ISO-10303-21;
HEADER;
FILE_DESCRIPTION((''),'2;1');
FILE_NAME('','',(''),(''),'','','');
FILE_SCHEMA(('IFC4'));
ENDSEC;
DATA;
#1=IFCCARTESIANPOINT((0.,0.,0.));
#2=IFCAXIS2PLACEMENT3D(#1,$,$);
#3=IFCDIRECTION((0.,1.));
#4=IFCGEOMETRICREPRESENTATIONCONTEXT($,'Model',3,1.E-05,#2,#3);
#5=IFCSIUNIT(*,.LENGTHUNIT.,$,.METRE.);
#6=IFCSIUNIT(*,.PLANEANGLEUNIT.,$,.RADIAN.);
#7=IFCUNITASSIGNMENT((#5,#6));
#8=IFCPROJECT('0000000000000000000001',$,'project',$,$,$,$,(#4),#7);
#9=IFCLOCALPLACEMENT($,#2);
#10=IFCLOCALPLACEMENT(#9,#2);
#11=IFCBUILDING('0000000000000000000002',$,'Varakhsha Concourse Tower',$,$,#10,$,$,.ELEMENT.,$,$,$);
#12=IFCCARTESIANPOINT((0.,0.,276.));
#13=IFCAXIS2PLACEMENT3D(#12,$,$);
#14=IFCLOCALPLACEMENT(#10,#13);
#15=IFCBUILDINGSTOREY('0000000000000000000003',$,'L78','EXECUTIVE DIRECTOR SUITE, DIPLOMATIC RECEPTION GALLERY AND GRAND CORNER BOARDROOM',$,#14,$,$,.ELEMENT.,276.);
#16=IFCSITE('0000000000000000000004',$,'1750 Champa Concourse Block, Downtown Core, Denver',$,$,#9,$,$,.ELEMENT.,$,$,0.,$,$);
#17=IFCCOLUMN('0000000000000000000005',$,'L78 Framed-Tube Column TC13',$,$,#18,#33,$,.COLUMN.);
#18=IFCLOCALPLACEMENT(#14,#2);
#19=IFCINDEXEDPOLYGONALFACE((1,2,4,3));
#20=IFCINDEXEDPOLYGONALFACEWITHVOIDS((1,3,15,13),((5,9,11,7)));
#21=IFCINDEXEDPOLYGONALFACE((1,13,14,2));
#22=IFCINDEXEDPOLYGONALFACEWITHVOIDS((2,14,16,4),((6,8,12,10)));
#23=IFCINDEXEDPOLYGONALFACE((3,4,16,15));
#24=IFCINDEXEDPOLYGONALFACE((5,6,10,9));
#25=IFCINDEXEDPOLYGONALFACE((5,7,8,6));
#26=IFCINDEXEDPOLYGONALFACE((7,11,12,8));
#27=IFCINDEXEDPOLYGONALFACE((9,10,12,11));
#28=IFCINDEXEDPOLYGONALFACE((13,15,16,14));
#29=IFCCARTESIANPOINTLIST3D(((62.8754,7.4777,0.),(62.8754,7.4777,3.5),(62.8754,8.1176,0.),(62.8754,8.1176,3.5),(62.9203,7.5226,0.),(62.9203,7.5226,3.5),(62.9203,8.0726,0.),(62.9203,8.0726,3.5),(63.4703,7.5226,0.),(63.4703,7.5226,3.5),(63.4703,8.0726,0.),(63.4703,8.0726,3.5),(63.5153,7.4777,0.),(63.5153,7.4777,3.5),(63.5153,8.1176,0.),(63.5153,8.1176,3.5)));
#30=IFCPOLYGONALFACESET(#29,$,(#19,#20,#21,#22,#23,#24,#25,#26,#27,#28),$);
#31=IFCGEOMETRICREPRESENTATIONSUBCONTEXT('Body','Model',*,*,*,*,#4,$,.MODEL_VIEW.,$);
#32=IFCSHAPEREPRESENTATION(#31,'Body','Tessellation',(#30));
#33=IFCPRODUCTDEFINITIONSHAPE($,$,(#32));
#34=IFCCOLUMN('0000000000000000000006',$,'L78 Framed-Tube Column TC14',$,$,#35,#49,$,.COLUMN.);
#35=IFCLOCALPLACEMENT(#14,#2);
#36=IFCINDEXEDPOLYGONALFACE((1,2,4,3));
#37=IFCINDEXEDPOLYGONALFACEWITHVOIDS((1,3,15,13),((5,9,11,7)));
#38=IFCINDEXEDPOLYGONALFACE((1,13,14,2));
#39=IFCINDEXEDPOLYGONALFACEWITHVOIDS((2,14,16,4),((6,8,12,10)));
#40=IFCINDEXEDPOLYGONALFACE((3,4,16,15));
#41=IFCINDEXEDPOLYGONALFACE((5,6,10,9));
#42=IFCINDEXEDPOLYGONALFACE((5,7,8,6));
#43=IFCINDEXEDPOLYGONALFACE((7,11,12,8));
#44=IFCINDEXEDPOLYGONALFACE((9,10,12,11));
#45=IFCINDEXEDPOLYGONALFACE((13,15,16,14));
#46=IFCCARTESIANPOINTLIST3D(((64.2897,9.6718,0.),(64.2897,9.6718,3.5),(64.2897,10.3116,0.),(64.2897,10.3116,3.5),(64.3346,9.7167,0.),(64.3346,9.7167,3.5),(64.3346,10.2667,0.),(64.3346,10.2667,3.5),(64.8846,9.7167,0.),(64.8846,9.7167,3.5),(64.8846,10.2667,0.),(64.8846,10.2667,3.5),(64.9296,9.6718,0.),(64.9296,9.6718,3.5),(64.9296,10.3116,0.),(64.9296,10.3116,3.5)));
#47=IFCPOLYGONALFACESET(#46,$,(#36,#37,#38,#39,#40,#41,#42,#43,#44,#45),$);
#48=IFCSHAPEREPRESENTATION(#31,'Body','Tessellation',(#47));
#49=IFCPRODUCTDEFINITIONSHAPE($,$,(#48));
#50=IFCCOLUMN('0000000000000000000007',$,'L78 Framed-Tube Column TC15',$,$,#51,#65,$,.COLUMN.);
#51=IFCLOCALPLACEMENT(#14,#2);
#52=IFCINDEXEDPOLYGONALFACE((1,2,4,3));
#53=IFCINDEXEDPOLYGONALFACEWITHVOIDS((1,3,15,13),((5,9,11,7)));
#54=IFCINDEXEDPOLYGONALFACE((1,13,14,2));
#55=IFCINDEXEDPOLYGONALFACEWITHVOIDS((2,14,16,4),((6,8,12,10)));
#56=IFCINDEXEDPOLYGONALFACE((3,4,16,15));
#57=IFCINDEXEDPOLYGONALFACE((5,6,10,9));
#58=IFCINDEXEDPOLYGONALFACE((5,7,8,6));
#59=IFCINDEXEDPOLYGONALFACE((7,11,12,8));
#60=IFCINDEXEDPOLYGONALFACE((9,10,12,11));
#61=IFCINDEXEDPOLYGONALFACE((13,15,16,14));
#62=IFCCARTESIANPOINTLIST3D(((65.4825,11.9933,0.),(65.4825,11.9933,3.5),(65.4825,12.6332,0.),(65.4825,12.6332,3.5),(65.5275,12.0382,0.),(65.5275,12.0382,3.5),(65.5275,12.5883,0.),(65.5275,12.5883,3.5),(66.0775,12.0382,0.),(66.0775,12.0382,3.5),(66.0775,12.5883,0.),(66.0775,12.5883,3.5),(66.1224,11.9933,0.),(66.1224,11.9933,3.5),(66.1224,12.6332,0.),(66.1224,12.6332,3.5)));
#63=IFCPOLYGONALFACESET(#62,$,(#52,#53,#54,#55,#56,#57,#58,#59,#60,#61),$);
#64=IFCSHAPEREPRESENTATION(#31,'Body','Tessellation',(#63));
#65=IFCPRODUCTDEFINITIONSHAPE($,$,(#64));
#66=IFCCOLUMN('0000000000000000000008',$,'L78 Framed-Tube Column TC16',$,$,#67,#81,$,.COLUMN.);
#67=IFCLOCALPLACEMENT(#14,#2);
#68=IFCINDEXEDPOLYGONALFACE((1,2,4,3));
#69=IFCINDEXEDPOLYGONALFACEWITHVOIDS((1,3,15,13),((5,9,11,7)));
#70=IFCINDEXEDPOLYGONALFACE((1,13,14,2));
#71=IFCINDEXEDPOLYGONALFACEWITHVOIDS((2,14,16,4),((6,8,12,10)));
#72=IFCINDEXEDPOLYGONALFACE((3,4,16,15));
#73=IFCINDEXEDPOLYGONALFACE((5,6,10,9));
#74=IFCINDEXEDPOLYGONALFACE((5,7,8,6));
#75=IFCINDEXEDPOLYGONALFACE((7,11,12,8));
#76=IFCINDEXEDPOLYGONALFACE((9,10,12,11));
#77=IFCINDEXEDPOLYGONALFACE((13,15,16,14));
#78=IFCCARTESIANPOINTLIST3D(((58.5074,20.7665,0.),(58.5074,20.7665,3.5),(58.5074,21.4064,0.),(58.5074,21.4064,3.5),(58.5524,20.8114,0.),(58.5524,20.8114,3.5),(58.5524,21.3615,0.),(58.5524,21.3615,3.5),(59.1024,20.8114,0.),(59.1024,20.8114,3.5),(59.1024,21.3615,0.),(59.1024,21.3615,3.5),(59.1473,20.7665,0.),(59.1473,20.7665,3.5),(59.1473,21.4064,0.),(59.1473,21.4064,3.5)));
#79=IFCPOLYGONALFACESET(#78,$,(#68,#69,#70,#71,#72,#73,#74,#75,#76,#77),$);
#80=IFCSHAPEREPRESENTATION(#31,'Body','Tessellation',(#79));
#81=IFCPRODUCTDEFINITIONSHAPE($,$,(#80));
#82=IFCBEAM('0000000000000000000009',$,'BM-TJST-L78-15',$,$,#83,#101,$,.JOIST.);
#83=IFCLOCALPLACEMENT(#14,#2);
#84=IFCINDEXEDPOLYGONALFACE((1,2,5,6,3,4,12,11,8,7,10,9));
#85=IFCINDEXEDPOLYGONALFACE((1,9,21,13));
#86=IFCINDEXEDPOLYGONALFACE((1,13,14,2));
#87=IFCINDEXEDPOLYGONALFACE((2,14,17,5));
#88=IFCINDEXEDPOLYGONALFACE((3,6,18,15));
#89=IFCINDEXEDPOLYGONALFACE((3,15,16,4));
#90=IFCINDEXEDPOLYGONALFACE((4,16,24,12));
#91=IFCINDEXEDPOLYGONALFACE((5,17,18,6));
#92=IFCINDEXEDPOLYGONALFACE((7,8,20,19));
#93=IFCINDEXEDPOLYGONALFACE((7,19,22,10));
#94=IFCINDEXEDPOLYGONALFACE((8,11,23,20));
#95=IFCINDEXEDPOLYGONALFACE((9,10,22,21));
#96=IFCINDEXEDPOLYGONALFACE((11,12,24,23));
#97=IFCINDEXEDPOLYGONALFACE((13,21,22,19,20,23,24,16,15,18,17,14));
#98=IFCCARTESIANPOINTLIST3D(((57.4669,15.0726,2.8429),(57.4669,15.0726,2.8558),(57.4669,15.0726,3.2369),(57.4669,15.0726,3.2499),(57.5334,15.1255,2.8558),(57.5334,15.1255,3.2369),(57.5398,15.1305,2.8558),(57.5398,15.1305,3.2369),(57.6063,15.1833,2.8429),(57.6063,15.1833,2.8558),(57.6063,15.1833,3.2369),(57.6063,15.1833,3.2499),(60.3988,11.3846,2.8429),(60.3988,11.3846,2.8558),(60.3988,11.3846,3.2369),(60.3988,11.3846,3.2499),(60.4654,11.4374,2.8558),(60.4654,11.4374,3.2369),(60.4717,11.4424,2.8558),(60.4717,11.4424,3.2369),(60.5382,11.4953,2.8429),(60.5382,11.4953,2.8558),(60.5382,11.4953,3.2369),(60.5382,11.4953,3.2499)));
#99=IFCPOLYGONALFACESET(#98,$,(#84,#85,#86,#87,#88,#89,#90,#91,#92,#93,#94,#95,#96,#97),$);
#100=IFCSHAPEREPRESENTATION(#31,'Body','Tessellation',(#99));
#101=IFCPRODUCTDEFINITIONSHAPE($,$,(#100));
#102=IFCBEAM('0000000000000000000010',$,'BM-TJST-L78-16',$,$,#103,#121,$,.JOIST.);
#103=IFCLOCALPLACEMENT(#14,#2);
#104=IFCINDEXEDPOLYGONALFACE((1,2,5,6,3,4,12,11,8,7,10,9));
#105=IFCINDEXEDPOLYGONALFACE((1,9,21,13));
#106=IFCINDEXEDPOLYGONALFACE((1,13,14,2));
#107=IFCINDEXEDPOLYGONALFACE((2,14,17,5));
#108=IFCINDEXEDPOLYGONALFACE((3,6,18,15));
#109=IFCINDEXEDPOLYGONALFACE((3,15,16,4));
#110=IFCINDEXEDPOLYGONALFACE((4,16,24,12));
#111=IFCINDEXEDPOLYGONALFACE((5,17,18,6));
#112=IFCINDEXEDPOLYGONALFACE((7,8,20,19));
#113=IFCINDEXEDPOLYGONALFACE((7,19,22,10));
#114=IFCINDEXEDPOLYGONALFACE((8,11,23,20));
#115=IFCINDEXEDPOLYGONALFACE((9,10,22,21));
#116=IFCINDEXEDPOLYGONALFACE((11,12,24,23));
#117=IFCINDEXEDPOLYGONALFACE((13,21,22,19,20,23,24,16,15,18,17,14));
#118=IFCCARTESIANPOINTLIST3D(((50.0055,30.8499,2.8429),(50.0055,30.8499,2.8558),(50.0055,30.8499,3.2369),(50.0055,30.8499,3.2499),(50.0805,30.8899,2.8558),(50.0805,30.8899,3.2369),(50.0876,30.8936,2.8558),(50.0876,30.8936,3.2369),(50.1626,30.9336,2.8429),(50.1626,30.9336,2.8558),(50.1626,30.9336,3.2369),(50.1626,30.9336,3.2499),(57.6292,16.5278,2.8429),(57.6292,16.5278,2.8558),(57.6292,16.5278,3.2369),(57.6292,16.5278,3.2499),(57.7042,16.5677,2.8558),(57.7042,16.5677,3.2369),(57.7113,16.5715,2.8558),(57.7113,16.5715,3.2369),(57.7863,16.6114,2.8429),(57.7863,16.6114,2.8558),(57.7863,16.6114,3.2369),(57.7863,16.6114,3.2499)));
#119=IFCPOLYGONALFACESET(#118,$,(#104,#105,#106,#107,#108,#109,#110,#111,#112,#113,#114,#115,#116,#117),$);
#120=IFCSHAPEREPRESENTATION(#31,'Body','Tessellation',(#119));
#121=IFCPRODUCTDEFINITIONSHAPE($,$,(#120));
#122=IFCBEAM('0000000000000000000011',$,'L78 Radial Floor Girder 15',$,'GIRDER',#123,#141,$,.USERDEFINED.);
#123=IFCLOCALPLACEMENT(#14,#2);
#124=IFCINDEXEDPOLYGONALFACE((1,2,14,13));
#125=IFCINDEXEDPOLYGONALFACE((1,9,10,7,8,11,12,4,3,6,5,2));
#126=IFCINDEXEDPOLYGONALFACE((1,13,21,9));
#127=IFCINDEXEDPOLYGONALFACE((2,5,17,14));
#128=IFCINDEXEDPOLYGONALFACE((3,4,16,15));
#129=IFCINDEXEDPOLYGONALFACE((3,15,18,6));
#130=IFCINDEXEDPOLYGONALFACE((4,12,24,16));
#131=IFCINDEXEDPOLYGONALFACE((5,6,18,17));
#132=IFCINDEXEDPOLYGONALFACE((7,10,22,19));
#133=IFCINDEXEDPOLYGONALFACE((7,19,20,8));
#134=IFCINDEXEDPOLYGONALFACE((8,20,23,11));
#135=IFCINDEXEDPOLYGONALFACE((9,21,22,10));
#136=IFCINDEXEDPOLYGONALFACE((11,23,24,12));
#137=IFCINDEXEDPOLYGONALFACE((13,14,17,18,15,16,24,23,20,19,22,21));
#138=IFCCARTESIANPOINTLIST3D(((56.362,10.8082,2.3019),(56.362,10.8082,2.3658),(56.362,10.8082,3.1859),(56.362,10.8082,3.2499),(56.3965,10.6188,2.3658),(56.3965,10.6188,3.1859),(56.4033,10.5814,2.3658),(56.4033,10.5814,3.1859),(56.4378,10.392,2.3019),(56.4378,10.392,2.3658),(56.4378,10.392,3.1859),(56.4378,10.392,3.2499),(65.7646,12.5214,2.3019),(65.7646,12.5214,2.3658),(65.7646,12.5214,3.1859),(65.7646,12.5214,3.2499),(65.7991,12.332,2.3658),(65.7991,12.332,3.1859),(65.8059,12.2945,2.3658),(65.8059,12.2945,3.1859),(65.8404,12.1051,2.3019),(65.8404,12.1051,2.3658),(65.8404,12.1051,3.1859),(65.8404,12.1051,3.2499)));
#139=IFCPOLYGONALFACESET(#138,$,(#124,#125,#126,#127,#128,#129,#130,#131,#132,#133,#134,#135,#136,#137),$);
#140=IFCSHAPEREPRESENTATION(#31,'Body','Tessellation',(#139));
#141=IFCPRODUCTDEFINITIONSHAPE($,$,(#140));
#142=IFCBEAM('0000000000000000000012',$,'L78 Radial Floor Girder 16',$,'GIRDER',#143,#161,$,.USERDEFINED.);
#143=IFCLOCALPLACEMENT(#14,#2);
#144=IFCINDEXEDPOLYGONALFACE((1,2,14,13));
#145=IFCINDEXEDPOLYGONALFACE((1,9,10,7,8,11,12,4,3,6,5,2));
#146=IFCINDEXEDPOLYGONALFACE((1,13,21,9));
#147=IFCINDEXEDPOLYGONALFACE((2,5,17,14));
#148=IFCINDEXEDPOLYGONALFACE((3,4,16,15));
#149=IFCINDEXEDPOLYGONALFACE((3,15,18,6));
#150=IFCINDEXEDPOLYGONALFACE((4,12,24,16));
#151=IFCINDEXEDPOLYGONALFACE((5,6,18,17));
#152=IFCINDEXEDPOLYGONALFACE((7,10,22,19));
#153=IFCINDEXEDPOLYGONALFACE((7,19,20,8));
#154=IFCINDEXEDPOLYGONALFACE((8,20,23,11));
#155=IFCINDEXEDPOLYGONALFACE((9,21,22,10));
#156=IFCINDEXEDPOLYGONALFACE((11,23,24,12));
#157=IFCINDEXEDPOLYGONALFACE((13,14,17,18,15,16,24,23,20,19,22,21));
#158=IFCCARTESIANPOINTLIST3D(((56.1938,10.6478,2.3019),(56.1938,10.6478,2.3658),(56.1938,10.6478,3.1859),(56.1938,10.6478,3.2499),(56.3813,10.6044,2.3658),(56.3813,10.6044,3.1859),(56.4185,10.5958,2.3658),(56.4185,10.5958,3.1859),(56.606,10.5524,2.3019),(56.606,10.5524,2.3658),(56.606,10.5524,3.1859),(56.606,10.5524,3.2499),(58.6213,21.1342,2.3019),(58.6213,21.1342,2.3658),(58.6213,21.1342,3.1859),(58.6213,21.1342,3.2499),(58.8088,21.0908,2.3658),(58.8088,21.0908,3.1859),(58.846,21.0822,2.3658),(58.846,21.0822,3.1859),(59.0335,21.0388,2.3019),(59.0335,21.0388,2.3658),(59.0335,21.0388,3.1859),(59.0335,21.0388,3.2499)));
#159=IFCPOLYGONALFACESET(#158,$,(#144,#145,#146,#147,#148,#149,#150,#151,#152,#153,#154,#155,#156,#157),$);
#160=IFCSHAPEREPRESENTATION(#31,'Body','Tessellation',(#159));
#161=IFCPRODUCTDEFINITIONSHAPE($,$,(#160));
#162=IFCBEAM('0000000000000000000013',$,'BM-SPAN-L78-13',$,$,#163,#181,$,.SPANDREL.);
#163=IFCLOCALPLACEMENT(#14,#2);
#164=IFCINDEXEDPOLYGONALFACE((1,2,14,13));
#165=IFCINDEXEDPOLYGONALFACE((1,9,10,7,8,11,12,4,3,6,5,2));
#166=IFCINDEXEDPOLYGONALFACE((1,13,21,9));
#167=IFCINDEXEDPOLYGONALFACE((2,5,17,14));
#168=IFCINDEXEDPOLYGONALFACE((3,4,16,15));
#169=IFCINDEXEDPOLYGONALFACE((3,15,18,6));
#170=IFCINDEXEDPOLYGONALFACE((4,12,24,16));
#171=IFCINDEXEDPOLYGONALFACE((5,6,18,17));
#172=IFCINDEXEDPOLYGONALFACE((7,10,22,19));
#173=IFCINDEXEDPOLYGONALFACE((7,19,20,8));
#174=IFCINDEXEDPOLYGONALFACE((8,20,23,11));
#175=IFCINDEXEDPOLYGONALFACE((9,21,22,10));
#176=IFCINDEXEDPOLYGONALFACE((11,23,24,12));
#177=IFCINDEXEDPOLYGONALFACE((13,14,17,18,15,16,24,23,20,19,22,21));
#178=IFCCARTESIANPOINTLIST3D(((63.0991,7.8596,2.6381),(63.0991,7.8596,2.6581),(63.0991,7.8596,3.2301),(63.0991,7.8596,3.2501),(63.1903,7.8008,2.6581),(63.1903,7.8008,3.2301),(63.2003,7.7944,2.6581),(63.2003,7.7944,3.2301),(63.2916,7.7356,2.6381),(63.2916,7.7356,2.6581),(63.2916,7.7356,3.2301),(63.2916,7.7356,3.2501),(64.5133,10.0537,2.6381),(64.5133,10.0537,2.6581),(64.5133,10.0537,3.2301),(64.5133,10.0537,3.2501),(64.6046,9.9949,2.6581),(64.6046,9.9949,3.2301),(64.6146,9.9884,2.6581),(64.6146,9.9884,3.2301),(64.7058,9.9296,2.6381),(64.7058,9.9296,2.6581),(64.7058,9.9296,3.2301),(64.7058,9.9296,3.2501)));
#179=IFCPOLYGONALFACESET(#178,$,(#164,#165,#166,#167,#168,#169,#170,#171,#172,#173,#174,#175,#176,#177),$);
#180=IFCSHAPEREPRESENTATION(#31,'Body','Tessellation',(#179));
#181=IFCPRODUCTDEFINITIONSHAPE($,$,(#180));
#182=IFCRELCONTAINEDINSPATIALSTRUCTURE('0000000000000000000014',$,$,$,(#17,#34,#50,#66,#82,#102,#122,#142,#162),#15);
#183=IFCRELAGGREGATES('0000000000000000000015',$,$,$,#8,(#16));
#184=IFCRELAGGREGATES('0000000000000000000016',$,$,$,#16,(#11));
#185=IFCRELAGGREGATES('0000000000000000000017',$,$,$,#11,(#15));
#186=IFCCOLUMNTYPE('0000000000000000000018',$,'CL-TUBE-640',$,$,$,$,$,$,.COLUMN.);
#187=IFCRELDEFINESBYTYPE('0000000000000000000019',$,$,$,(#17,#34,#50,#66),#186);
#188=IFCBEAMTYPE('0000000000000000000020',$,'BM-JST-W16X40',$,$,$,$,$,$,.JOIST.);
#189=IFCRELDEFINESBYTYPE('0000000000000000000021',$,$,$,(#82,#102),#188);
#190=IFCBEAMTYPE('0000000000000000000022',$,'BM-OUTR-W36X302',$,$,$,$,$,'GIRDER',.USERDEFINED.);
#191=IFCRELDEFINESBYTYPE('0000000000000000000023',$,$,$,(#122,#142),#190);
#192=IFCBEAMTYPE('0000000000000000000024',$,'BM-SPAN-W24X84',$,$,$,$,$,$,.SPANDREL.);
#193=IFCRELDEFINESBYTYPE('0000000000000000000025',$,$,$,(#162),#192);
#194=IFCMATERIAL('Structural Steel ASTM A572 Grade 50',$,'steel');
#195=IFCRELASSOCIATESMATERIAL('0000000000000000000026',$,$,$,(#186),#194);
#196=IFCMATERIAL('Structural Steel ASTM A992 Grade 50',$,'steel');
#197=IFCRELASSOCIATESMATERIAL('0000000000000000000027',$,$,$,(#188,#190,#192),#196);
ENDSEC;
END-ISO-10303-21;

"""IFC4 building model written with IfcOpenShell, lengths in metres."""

from ifc_helpers import new_model, si_unit, direction, frame, origin, origin_2d, place, context, subcontext, project, spatial, hollow_rectangle, i_section, extrude, material, material_profile, profile_set, type_object, element, save


model = new_model("IFC4")

# Units and contexts
model_context = context("Model", 3, precision=1e-05, world=origin(), true_north=direction((0.0, 1.0)))
body_context = subcontext(model_context, "Body", "Model", "MODEL_VIEW")
ifc_project = project(units=[si_unit("LENGTHUNIT", "METRE"), si_unit("PLANEANGLEUNIT", "RADIAN")], contexts=[model_context])

# Site, building, storey
site_placement = place(None, origin())
site = spatial("IfcSite", under=ifc_project, at=site_placement, Name="1750 Champa Concourse Block, Downtown Core, Denver", CompositionType="ELEMENT", RefElevation=0.0)
building_placement = place(site_placement, origin())
building = spatial("IfcBuilding", under=site, at=building_placement, Name="Varakhsha Concourse Tower", CompositionType="ELEMENT")
storey_placement = place(building_placement, frame((0.0, 0.0, 276.0)))
storey = spatial("IfcBuildingStorey", under=building, at=storey_placement, Name="L78", Description="EXECUTIVE DIRECTOR SUITE, DIPLOMATIC RECEPTION GALLERY AND GRAND CORNER BOARDROOM", CompositionType="ELEMENT", Elevation=276.0)

# Columns
ifc_material_1 = material(Name="Structural Steel ASTM A572 Grade 50", Category="steel")
ifc_material_profile_1 = material_profile(ifc_material_1, hollow_rectangle(XDim=0.6399, YDim=0.6399, WallThickness=0.0449, at=origin_2d()), Name="BOX 640x640x45")
ifc_profile_set_1 = profile_set([ifc_material_profile_1], Name="Structural Steel ASTM A572 Grade 50")
column_type = type_object("IfcColumnType", Name="CL-TUBE-640", PredefinedType="COLUMN", material=ifc_profile_set_1)
for number, where, z_axis, x_axis, name in (
    (1, (63.1953, 7.7976, 0.0), (0.0, 0.0, 1.0), (1.0, 0.0, 0.0), "L78 Framed-Tube Column TC13"),
    (2, (64.6096, 9.9917, 0.0), (0.0, 0.0, 1.0), (1.0, 0.0, 0.0), "L78 Framed-Tube Column TC14"),
    (3, (65.8025, 12.3132, 0.0), (0.0, 0.0, 1.0), (1.0, 0.0, 0.0), "L78 Framed-Tube Column TC15"),
    (4, (58.8274, 21.0864, 0.0), (0.0, 0.0, 1.0), (1.0, 0.0, 0.0), "L78 Framed-Tube Column TC16"),
):
    element("IfcColumn", number, at=place(storey_placement, frame(where, z_axis=z_axis, x_axis=x_axis)), inside=storey, type_object=column_type, Name=name, PredefinedType="COLUMN", context=body_context, shape_type="SweptSolid", body=[
        extrude(hollow_rectangle(XDim=0.6399, YDim=0.6399, WallThickness=0.0449, at=origin_2d()), origin(), (0.0, 0.0, 1.0), 3.5),
    ])

# Beams
ifc_material_2 = material(Name="Structural Steel ASTM A992 Grade 50", Category="steel")
ifc_material_profile_2 = material_profile(ifc_material_2, i_section(OverallWidth=0.178, OverallDepth=0.407, WebThickness=0.0081, FlangeThickness=0.0129, at=origin_2d()), Name="W16X40")
ifc_profile_set_2 = profile_set([ifc_material_profile_2], Name="Structural Steel ASTM A992 Grade 50")
beam_type_1 = type_object("IfcBeamType", Name="BM-JST-W16X40", PredefinedType="JOIST", material=ifc_profile_set_2)
beam_1_placement = place(storey_placement, frame((60.4685, 11.4399, 3.0464), z_axis=(-0.622297, 0.782781, 0.0), x_axis=(-0.782781, -0.622297, 0.0)))
element("IfcBeam", 5, at=beam_1_placement, inside=storey, type_object=beam_type_1, Name="BM-TJST-L78-15", PredefinedType="JOIST", context=body_context, shape_type="SweptSolid", body=[
    extrude(i_section(OverallWidth=0.178, OverallDepth=0.407, WebThickness=0.0081, FlangeThickness=0.0129, at=origin_2d()), origin(), (0.0, 0.0, 1.0), 4.7114),
])
beam_2_placement = place(storey_placement, frame((57.7078, 16.5696, 3.0464), z_axis=(-0.46988, 0.88273, 0.0), x_axis=(-0.88273, -0.46988, 0.0)))
element("IfcBeam", 6, at=beam_2_placement, inside=storey, type_object=beam_type_1, Name="BM-TJST-L78-16", PredefinedType="JOIST", context=body_context, shape_type="SweptSolid", body=[
    extrude(i_section(OverallWidth=0.178, OverallDepth=0.407, WebThickness=0.0081, FlangeThickness=0.0129, at=origin_2d()), origin(), (0.0, 0.0, 1.0), 16.2249),
])
ifc_material_profile_3 = material_profile(ifc_material_2, i_section(OverallWidth=0.4231, OverallDepth=0.948, WebThickness=0.0381, FlangeThickness=0.064, at=origin_2d()), Name="W36X302")
ifc_profile_set_3 = profile_set([ifc_material_profile_3], Name="Structural Steel ASTM A992 Grade 50")
beam_type_2 = type_object("IfcBeamType", Name="BM-OUTR-W36X302", ElementType="GIRDER", PredefinedType="USERDEFINED", material=ifc_profile_set_3)
beam_3_placement = place(storey_placement, frame((56.3999, 10.6001, 2.7759), z_axis=(0.983804, 0.179247, 0.0), x_axis=(-0.179247, 0.983804, 0.0)))
element("IfcBeam", 7, at=beam_3_placement, inside=storey, type_object=beam_type_2, Name="L78 Radial Floor Girder 15", ObjectType="GIRDER", PredefinedType="USERDEFINED", context=body_context, shape_type="SweptSolid", body=[
    extrude(i_section(OverallWidth=0.4231, OverallDepth=0.948, WebThickness=0.0381, FlangeThickness=0.064, at=origin_2d()), origin(), (0.0, 0.0, 1.0), 9.5574),
])
beam_4_placement = place(storey_placement, frame((56.3999, 10.6001, 2.7759), z_axis=(0.225527, 0.974237, 0.0), x_axis=(-0.974237, 0.225527, 0.0)))
element("IfcBeam", 8, at=beam_4_placement, inside=storey, type_object=beam_type_2, Name="L78 Radial Floor Girder 16", ObjectType="GIRDER", PredefinedType="USERDEFINED", context=body_context, shape_type="SweptSolid", body=[
    extrude(i_section(OverallWidth=0.4231, OverallDepth=0.948, WebThickness=0.0381, FlangeThickness=0.064, at=origin_2d()), origin(), (0.0, 0.0, 1.0), 10.7637),
])
ifc_material_profile_4 = material_profile(ifc_material_2, i_section(OverallWidth=0.229, OverallDepth=0.6121, WebThickness=0.012, FlangeThickness=0.02, at=origin_2d()), Name="W24X84")
ifc_profile_set_4 = profile_set([ifc_material_profile_4], Name="Structural Steel ASTM A992 Grade 50")
beam_type_3 = type_object("IfcBeamType", Name="BM-SPAN-W24X84", PredefinedType="SPANDREL", material=ifc_profile_set_4)
beam_5_placement = place(storey_placement, frame((63.1953, 7.7976, 2.9441), z_axis=(0.541792, 0.840512, 0.0), x_axis=(-0.840512, 0.541792, 0.0)))
element("IfcBeam", 9, at=beam_5_placement, inside=storey, type_object=beam_type_3, Name="BM-SPAN-L78-13", PredefinedType="SPANDREL", context=body_context, shape_type="SweptSolid", body=[
    extrude(i_section(OverallWidth=0.229, OverallDepth=0.6121, WebThickness=0.012, FlangeThickness=0.02, at=origin_2d()), origin(), (0.0, 0.0, 1.0), 2.6104),
])

save(model, "model.ifc")
